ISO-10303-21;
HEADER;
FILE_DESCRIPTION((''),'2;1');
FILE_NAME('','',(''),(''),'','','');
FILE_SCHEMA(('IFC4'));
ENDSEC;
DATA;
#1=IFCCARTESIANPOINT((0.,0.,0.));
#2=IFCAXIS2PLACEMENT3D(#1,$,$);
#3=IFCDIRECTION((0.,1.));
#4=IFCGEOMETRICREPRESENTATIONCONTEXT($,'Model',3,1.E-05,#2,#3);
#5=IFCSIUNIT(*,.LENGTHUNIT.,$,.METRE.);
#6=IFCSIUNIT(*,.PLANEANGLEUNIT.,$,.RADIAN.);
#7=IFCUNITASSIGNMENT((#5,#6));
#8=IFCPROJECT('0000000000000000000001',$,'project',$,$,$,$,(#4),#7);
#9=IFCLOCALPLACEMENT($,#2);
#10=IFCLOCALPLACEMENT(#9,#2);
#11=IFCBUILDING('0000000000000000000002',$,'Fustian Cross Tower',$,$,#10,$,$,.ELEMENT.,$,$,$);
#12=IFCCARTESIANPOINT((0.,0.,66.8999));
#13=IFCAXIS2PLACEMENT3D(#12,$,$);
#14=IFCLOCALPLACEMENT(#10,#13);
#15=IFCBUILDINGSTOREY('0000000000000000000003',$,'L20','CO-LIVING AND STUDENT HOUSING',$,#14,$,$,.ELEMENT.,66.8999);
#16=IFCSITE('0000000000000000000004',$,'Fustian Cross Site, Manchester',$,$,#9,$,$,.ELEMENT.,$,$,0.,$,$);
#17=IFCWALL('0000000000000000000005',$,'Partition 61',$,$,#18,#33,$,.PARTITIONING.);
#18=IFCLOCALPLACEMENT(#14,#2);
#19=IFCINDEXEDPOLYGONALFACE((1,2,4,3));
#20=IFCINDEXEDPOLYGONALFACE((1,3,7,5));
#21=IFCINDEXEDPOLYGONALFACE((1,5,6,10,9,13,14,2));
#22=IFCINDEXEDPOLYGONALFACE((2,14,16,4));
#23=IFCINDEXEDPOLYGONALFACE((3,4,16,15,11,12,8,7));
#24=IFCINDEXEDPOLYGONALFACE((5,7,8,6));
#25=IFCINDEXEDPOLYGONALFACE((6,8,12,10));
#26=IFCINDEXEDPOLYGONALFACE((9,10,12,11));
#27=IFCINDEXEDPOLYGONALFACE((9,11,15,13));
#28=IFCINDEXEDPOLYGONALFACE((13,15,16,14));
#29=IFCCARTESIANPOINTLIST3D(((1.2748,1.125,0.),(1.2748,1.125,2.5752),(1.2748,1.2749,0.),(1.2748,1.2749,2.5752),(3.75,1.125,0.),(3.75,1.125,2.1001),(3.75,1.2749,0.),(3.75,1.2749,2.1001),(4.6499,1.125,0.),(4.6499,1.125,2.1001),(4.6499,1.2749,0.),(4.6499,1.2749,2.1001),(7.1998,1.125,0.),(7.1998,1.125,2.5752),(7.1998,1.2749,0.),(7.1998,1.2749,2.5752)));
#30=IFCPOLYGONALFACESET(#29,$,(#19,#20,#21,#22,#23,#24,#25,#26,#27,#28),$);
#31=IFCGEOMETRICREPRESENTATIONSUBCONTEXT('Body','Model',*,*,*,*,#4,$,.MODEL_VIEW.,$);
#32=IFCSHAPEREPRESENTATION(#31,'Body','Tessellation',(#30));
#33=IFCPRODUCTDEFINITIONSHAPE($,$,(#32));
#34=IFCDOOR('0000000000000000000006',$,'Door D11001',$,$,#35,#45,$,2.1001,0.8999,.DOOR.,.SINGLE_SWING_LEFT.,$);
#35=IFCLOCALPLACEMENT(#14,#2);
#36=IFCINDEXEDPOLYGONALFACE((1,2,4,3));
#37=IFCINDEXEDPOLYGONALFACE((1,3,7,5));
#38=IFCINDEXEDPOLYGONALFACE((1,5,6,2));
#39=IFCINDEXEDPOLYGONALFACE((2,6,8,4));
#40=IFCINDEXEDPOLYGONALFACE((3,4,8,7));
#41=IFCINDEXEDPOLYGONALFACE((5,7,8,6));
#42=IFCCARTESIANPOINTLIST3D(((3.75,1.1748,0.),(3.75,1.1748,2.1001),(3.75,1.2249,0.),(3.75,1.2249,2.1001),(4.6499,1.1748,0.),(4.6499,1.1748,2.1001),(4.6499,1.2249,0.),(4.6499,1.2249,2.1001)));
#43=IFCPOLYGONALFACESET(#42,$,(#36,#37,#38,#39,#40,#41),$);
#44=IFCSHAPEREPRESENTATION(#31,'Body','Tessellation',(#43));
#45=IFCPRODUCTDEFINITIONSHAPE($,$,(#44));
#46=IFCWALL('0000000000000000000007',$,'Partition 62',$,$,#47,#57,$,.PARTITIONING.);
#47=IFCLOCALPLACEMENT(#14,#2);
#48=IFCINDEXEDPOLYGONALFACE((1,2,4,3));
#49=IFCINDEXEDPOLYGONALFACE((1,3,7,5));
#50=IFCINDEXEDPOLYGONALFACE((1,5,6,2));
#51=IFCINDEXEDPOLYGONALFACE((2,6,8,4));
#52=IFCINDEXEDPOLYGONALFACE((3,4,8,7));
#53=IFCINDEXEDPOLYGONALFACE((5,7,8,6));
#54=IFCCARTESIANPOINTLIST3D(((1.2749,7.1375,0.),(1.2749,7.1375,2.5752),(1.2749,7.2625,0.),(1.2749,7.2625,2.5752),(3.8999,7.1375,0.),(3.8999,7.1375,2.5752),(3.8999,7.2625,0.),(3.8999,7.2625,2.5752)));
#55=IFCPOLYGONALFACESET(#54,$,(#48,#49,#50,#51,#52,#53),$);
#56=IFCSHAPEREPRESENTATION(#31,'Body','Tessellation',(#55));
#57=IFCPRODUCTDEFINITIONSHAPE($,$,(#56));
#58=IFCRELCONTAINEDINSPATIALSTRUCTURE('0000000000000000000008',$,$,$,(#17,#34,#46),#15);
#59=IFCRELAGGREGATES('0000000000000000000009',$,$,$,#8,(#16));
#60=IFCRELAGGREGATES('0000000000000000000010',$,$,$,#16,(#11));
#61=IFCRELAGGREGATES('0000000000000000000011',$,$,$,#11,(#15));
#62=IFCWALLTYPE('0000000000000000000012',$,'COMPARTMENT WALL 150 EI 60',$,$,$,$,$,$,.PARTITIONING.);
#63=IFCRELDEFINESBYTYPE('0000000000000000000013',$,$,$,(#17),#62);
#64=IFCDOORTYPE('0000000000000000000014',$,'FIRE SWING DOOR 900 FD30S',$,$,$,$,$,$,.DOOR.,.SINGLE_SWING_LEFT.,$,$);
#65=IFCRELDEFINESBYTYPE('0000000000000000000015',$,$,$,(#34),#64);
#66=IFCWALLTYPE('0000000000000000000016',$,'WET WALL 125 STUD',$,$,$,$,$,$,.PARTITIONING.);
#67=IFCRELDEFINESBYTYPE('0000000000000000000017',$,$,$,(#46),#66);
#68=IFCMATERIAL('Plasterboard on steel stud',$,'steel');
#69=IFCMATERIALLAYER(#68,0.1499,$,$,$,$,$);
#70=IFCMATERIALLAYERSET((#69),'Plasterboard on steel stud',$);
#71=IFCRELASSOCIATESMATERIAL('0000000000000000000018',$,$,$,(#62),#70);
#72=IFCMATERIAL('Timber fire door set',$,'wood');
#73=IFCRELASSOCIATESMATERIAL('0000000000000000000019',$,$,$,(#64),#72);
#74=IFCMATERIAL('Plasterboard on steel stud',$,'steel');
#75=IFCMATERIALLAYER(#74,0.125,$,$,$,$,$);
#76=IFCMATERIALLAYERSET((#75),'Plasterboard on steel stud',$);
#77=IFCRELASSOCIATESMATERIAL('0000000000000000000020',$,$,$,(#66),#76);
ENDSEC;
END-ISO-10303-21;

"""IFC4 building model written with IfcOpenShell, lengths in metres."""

from ifc_helpers import new_model, si_unit, direction, frame, frame_2d, origin, place, context, subcontext, project, spatial, rectangle, extrude, material, layer, layer_set, type_object, element, fill, save


model = new_model("IFC4")

# Units and contexts
model_context = context("Model", 3, precision=1e-05, world=origin(), true_north=direction((0.0, 1.0)))
body_context = subcontext(model_context, "Body", "Model", "MODEL_VIEW")
ifc_project = project(units=[si_unit("LENGTHUNIT", "METRE"), si_unit("PLANEANGLEUNIT", "RADIAN")], contexts=[model_context])

# Site, building, storey
site_placement = place(None, origin())
site = spatial("IfcSite", under=ifc_project, at=site_placement, Name="Fustian Cross Site, Manchester", CompositionType="ELEMENT", RefElevation=0.0)
building_placement = place(site_placement, origin())
building = spatial("IfcBuilding", under=site, at=building_placement, Name="Fustian Cross Tower", CompositionType="ELEMENT")
storey_placement = place(building_placement, frame((0.0, 0.0, 66.8999)))
storey = spatial("IfcBuildingStorey", under=building, at=storey_placement, Name="L20", Description="CO-LIVING AND STUDENT HOUSING", CompositionType="ELEMENT", Elevation=66.8999)

# Shared definitions
ifc_material_1 = material(Name="Plasterboard on steel stud", Category="steel")
ifc_layer_1 = layer(ifc_material_1, 0.1499)
ifc_layer_set_1 = layer_set([ifc_layer_1], Name="Plasterboard on steel stud")
wall_type_1 = type_object("IfcWallType", Name="COMPARTMENT WALL 150 EI 60", PredefinedType="PARTITIONING", material=ifc_layer_set_1)
ifc_material_2 = material(Name="Timber fire door set", Category="wood")
door_type_1 = type_object("IfcDoorType", Name="FIRE SWING DOOR 900 FD30S", OperationType="SINGLE_SWING_LEFT", PredefinedType="DOOR", material=ifc_material_2)

# Wall, opening, door
wall_1_placement = place(storey_placement, frame((1.2749, 1.2, 0.0), z_axis=(0.0, 0.0, 1.0), x_axis=(1.0, 0.0, 0.0)))
wall_1 = element("IfcWall", 1, at=wall_1_placement, inside=storey, type_object=wall_type_1, Name="Partition 61", PredefinedType="PARTITIONING", context=body_context, shape_type="SweptSolid", body=[
    extrude(rectangle(XDim=5.925, YDim=0.1499, at=frame_2d((2.9624, 0.0))), origin(), (0.0, 0.0, 1.0), 2.5752),
])
opening_1_placement = place(wall_1_placement, frame((2.4751, 0.0, 0.0)))
opening_1 = element("IfcOpeningElement", 2, at=opening_1_placement, cuts=wall_1, PredefinedType="OPENING", context=body_context, shape_type="SweptSolid", body=[
    extrude(rectangle(XDim=0.8999, YDim=2.1001, at=frame_2d((0.45, 1.05))), frame((0.0, 0.085, 0.0), z_axis=(0.0, -1.0, 0.0), x_axis=(1.0, 0.0, 0.0)), (0.0, 0.0, 1.0), 0.1699),
])
door_1_placement = place(opening_1_placement, origin())
door_1 = element("IfcDoor", 3, at=door_1_placement, inside=storey, type_object=door_type_1, Name="Door D11001", OperationType="SINGLE_SWING_LEFT", OverallHeight=2.1001, OverallWidth=0.8999, PredefinedType="DOOR", context=body_context, shape_type="SweptSolid", body=[
    extrude(rectangle(XDim=0.8999, YDim=2.1001, at=frame_2d((0.45, 1.05))), frame((0.0, 0.0249, 0.0), z_axis=(0.0, -1.0, 0.0), x_axis=(1.0, 0.0, 0.0)), (0.0, 0.0, 1.0), 0.05),
])
fill(opening_1, door_1)

# Wall
ifc_material_3 = material(Name="Plasterboard on steel stud", Category="steel")
ifc_layer_2 = layer(ifc_material_3, 0.125)
ifc_layer_set_2 = layer_set([ifc_layer_2], Name="Plasterboard on steel stud")
wall_type_2 = type_object("IfcWallType", Name="WET WALL 125 STUD", PredefinedType="PARTITIONING", material=ifc_layer_set_2)
wall_2_placement = place(storey_placement, frame((1.2749, 7.2, 0.0), z_axis=(0.0, 0.0, 1.0), x_axis=(1.0, 0.0, 0.0)))
element("IfcWall", 4, at=wall_2_placement, inside=storey, type_object=wall_type_2, Name="Partition 62", PredefinedType="PARTITIONING", context=body_context, shape_type="SweptSolid", body=[
    extrude(rectangle(XDim=2.625, YDim=0.125, at=frame_2d((1.3125, 0.0))), origin(), (0.0, 0.0, 1.0), 2.5752),
])

save(model, "model.ifc")
